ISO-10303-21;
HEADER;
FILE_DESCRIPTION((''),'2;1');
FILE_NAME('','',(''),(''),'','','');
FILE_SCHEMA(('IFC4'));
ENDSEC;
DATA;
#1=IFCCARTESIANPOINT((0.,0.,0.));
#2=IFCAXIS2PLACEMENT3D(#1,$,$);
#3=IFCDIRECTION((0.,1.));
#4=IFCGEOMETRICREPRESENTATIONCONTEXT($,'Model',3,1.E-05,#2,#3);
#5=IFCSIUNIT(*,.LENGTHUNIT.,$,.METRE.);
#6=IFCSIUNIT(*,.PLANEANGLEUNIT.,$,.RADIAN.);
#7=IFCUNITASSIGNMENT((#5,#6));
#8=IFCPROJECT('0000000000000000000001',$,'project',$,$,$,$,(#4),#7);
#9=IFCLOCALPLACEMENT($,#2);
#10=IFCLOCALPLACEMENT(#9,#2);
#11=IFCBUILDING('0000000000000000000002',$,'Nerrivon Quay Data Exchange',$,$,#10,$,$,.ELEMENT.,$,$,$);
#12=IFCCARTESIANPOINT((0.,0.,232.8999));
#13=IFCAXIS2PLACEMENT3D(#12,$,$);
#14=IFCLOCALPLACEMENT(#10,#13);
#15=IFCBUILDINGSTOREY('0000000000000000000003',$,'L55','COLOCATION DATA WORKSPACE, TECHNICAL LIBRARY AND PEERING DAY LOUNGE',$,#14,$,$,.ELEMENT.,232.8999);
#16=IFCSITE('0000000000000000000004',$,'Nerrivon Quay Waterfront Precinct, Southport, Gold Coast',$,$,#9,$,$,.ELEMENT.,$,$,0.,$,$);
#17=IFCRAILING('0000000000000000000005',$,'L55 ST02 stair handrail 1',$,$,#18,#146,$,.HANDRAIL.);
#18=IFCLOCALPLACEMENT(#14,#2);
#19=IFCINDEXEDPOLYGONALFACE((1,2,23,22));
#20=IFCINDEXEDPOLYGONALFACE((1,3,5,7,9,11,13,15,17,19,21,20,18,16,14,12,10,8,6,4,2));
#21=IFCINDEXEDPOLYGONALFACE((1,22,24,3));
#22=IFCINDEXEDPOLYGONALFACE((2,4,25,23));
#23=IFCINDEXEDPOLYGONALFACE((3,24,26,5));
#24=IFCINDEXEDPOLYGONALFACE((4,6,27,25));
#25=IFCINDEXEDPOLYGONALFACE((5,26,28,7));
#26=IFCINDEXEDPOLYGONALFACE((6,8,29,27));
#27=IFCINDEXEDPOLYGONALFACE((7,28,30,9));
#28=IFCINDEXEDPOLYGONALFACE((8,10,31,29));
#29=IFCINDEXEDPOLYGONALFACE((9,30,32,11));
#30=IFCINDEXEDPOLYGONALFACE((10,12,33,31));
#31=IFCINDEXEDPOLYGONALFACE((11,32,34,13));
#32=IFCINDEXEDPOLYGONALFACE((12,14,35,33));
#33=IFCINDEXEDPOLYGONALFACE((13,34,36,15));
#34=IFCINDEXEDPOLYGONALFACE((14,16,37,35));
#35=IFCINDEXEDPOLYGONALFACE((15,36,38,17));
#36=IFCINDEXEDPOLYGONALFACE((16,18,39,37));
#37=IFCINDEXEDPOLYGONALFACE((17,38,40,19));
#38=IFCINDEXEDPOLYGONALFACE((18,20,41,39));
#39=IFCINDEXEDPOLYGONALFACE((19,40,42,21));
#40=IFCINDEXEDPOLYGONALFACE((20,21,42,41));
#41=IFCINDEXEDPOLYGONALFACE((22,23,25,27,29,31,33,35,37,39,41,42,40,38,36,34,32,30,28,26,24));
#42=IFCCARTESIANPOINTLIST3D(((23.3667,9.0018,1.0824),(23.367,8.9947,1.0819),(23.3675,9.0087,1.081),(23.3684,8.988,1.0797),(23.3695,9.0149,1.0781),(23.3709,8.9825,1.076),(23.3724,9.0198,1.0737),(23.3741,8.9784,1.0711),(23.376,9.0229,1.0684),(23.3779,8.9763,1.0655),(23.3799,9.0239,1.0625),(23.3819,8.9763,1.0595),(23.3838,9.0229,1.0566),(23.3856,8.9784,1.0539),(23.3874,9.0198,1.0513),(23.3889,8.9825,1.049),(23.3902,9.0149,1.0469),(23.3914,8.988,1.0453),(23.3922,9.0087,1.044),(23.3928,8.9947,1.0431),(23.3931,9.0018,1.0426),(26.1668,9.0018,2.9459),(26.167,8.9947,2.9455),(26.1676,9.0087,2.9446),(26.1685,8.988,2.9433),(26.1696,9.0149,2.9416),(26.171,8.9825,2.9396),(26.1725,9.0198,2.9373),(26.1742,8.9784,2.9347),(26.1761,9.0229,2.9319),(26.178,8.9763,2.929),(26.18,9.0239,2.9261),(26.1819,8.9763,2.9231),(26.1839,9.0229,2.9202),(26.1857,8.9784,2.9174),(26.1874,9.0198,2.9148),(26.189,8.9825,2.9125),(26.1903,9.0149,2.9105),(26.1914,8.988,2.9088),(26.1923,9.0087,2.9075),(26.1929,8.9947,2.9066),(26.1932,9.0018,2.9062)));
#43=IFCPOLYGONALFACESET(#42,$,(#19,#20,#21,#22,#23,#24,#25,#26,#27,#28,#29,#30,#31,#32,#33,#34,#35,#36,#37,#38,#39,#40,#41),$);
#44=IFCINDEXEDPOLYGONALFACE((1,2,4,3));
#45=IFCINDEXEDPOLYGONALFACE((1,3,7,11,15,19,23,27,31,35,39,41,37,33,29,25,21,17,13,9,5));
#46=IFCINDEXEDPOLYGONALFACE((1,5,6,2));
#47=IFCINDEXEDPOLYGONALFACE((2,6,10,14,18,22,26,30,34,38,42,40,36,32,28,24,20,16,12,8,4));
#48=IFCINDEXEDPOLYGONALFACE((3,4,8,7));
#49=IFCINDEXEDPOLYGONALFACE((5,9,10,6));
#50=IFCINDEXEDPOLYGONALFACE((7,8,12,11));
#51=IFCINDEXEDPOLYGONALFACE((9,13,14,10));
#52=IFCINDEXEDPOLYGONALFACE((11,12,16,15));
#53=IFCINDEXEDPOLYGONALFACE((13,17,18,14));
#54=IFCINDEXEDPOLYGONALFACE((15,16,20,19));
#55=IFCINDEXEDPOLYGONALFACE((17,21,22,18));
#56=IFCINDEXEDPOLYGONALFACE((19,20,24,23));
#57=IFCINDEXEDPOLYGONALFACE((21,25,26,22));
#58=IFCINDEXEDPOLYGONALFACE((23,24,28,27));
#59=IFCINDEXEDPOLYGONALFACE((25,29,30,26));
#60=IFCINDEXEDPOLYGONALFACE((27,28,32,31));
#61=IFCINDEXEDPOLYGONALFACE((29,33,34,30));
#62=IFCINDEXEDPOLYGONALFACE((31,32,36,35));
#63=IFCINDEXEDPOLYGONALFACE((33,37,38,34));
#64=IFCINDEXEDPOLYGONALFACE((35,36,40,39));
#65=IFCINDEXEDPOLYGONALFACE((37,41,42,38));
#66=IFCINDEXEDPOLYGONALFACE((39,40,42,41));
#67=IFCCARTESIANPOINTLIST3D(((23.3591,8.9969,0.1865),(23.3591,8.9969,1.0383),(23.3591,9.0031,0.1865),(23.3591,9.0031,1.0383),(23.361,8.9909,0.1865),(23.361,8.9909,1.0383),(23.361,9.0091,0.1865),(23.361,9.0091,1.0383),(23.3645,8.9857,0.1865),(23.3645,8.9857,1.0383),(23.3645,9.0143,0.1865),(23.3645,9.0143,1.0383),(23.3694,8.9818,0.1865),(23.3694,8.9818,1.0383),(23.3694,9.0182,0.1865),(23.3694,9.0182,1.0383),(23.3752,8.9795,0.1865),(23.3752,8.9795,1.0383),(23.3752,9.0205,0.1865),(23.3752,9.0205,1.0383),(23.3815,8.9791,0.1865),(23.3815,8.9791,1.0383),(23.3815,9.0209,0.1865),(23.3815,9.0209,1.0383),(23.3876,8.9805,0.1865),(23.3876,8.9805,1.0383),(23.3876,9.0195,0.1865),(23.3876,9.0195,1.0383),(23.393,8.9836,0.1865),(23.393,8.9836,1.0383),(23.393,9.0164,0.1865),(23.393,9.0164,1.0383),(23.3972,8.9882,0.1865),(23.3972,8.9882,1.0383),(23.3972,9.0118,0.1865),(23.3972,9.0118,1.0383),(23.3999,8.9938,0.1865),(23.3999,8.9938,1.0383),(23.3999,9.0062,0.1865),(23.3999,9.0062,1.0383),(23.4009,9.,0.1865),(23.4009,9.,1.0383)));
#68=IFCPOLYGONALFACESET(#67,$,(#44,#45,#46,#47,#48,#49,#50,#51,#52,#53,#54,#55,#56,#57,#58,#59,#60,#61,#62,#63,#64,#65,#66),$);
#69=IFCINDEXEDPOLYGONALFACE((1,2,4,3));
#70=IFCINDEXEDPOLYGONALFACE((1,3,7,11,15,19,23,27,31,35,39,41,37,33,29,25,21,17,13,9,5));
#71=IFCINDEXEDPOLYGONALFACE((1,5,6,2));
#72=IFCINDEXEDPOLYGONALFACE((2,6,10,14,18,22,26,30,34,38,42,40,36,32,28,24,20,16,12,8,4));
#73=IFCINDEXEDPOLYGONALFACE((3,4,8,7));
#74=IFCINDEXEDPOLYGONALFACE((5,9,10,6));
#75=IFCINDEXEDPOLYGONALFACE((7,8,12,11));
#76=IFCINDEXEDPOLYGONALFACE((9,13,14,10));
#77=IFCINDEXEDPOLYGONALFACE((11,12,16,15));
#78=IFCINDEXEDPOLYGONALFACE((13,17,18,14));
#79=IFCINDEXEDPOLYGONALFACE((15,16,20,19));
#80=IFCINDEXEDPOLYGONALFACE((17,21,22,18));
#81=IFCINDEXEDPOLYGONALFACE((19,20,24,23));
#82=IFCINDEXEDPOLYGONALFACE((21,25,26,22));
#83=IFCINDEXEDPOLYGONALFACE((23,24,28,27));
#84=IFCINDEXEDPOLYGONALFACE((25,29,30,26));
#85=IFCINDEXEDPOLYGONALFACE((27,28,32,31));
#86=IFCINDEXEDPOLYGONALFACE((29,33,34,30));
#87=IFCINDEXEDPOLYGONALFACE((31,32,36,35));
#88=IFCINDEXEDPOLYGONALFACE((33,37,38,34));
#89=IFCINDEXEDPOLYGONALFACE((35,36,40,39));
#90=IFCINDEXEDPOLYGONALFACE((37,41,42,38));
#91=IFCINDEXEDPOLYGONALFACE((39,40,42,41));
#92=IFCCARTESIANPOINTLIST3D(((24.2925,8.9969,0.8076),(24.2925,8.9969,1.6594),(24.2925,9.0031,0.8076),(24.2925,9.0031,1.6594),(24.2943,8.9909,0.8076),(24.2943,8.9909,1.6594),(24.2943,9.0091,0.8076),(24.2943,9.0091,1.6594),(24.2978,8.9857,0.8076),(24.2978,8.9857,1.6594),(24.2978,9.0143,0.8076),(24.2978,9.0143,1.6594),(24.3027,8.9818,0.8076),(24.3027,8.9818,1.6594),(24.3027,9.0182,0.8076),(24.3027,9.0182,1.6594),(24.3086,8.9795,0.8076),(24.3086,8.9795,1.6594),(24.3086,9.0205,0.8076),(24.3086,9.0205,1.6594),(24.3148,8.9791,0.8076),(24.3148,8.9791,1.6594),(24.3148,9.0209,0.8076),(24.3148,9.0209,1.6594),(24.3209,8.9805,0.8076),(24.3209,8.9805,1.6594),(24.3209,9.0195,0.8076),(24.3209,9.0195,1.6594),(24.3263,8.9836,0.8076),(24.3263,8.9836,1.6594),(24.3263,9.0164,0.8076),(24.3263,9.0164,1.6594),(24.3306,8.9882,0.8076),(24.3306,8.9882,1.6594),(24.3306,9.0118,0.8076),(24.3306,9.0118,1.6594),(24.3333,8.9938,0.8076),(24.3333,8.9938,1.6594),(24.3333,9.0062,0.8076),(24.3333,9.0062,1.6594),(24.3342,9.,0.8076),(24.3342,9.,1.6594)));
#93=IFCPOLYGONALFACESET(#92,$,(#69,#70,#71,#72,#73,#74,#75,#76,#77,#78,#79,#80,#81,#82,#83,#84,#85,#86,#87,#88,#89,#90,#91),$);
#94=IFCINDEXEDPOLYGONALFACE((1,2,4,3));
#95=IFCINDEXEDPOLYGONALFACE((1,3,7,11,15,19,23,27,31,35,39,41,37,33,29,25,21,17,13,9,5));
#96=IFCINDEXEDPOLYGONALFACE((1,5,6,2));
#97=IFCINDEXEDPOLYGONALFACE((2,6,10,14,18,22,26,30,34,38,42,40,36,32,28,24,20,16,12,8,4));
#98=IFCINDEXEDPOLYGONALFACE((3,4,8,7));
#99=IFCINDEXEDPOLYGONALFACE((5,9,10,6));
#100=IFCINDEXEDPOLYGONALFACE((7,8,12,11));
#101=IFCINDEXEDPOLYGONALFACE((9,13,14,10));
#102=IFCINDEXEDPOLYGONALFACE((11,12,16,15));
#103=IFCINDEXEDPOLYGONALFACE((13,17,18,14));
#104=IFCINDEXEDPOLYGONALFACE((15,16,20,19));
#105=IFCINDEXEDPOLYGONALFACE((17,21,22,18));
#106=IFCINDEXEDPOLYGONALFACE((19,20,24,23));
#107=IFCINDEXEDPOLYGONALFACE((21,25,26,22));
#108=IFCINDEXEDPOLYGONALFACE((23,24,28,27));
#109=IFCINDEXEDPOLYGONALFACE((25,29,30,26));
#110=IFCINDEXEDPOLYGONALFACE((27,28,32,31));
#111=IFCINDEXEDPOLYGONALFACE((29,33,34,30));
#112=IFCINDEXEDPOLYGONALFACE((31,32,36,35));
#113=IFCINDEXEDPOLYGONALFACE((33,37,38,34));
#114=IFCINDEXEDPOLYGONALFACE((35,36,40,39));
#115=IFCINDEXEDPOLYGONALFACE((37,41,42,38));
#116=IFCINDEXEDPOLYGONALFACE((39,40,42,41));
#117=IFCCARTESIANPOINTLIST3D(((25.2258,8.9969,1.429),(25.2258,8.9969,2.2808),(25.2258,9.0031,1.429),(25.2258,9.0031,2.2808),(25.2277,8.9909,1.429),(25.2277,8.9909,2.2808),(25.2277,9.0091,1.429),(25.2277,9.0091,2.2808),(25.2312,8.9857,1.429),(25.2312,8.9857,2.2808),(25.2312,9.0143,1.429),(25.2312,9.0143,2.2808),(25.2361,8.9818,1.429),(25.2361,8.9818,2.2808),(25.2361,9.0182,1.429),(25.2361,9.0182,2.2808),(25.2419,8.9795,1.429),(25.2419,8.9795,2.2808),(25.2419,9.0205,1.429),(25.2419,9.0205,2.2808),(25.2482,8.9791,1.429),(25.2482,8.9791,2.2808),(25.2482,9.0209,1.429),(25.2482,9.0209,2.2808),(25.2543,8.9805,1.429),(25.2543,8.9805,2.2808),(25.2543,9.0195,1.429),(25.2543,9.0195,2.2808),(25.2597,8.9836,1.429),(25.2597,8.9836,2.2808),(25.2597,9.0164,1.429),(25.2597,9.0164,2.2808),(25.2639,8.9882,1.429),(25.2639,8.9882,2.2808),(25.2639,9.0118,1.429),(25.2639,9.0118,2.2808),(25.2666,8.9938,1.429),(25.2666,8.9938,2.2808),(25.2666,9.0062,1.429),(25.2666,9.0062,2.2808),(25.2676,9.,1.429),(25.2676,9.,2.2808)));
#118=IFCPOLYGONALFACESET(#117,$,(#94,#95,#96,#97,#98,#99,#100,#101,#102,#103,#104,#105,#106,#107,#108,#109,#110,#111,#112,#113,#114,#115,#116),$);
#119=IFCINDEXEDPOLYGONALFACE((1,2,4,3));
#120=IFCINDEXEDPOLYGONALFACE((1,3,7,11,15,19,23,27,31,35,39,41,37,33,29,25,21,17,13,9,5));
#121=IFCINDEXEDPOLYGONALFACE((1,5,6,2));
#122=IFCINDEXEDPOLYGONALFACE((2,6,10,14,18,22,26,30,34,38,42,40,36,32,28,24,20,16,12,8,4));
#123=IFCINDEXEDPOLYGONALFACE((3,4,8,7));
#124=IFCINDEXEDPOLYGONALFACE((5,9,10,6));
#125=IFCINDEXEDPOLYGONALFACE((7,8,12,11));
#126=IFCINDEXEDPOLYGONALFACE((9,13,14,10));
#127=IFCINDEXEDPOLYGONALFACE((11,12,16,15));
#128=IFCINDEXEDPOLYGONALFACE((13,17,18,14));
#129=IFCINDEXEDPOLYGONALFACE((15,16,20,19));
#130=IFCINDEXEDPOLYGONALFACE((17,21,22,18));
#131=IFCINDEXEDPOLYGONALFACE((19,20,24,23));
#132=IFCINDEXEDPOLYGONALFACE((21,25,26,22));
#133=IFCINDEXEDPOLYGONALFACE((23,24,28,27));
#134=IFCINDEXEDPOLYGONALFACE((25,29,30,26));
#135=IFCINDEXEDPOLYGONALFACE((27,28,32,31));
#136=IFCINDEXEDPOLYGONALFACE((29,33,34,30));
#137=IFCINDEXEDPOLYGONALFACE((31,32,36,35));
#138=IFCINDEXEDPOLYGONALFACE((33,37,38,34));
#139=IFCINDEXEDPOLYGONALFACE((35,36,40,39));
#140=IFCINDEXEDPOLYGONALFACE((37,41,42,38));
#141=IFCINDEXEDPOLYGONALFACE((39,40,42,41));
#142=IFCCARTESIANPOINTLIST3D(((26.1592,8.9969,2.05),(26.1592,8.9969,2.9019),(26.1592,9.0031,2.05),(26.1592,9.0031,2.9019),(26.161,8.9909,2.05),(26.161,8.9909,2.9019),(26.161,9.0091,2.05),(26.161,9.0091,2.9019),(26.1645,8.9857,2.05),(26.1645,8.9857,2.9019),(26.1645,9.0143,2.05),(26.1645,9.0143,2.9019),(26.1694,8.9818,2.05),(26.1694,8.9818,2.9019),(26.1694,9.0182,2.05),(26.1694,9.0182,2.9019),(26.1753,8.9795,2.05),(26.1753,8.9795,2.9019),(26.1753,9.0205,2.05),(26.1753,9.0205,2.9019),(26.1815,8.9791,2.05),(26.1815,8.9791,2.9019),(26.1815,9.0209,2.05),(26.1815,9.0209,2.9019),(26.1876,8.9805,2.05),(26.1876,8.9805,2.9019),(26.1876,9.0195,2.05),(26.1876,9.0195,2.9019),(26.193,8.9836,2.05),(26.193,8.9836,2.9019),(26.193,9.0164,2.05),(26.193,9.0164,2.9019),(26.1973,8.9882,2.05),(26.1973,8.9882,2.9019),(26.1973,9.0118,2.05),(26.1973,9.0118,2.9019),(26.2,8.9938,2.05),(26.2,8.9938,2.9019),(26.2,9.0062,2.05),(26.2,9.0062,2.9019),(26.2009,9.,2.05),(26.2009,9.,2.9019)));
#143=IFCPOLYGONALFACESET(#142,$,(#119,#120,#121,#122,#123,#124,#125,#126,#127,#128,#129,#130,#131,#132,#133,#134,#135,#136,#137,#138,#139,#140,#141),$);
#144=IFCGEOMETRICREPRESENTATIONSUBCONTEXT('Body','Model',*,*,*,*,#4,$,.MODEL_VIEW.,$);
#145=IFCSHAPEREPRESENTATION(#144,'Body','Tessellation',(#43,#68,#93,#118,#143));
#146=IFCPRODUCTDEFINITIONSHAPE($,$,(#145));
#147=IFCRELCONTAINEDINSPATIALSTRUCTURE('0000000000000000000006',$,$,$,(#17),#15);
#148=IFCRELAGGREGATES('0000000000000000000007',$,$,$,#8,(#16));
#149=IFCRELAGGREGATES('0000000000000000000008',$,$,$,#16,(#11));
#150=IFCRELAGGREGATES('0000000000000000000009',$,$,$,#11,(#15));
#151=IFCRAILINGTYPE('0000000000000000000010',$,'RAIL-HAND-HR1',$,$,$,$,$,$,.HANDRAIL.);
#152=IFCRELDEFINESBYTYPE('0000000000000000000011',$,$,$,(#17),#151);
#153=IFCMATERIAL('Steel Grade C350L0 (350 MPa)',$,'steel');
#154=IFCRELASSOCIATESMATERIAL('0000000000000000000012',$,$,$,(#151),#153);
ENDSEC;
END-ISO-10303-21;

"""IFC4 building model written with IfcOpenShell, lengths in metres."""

from ifc_helpers import new_model, si_unit, direction, frame, origin, origin_2d, place, context, subcontext, project, spatial, circle, extrude, material, type_object, element, save


model = new_model("IFC4")

# Units and contexts
model_context = context("Model", 3, precision=1e-05, world=origin(), true_north=direction((0.0, 1.0)))
body_context = subcontext(model_context, "Body", "Model", "MODEL_VIEW")
ifc_project = project(units=[si_unit("LENGTHUNIT", "METRE"), si_unit("PLANEANGLEUNIT", "RADIAN")], contexts=[model_context])

# Site, building, storey
site_placement = place(None, origin())
site = spatial("IfcSite", under=ifc_project, at=site_placement, Name="Nerrivon Quay Waterfront Precinct, Southport, Gold Coast", CompositionType="ELEMENT", RefElevation=0.0)
building_placement = place(site_placement, origin())
building = spatial("IfcBuilding", under=site, at=building_placement, Name="Nerrivon Quay Data Exchange", CompositionType="ELEMENT")
storey_placement = place(building_placement, frame((0.0, 0.0, 232.8999)))
storey = spatial("IfcBuildingStorey", under=building, at=storey_placement, Name="L55", Description="COLOCATION DATA WORKSPACE, TECHNICAL LIBRARY AND PEERING DAY LOUNGE", CompositionType="ELEMENT", Elevation=232.8999)

# Railing
ifc_material_1 = material(Name="Steel Grade C350L0 (350 MPa)", Category="steel")
railing_type_1 = type_object("IfcRailingType", Name="RAIL-HAND-HR1", PredefinedType="HANDRAIL", material=ifc_material_1)
railing_1_placement = place(storey_placement, frame((23.3799, 9.0, 0.1865)))
element("IfcRailing", 1, at=railing_1_placement, inside=storey, type_object=railing_type_1, Name="L55 ST02 stair handrail 1", PredefinedType="HANDRAIL", context=body_context, shape_type="SweptSolid", body=[
    extrude(circle(Radius=0.0239, at=origin_2d()), frame((0.0, 0.0, 0.876), z_axis=(0.832486, 0.0, 0.554047), x_axis=(0.0, 1.0, 0.0)), (0.0, 0.0, 1.0), 3.3635),
    extrude(circle(Radius=0.021, at=origin_2d()), origin(), (0.0, 0.0, 1.0), 0.8518),
    extrude(circle(Radius=0.021, at=origin_2d()), frame((0.9333, 0.0, 0.6211)), (0.0, 0.0, 1.0), 0.8518),
    extrude(circle(Radius=0.021, at=origin_2d()), frame((1.8667, 0.0, 1.2424)), (0.0, 0.0, 1.0), 0.8518),
    extrude(circle(Radius=0.021, at=origin_2d()), frame((2.8, 0.0, 1.8635)), (0.0, 0.0, 1.0), 0.8518),
])

save(model, "model.ifc")
